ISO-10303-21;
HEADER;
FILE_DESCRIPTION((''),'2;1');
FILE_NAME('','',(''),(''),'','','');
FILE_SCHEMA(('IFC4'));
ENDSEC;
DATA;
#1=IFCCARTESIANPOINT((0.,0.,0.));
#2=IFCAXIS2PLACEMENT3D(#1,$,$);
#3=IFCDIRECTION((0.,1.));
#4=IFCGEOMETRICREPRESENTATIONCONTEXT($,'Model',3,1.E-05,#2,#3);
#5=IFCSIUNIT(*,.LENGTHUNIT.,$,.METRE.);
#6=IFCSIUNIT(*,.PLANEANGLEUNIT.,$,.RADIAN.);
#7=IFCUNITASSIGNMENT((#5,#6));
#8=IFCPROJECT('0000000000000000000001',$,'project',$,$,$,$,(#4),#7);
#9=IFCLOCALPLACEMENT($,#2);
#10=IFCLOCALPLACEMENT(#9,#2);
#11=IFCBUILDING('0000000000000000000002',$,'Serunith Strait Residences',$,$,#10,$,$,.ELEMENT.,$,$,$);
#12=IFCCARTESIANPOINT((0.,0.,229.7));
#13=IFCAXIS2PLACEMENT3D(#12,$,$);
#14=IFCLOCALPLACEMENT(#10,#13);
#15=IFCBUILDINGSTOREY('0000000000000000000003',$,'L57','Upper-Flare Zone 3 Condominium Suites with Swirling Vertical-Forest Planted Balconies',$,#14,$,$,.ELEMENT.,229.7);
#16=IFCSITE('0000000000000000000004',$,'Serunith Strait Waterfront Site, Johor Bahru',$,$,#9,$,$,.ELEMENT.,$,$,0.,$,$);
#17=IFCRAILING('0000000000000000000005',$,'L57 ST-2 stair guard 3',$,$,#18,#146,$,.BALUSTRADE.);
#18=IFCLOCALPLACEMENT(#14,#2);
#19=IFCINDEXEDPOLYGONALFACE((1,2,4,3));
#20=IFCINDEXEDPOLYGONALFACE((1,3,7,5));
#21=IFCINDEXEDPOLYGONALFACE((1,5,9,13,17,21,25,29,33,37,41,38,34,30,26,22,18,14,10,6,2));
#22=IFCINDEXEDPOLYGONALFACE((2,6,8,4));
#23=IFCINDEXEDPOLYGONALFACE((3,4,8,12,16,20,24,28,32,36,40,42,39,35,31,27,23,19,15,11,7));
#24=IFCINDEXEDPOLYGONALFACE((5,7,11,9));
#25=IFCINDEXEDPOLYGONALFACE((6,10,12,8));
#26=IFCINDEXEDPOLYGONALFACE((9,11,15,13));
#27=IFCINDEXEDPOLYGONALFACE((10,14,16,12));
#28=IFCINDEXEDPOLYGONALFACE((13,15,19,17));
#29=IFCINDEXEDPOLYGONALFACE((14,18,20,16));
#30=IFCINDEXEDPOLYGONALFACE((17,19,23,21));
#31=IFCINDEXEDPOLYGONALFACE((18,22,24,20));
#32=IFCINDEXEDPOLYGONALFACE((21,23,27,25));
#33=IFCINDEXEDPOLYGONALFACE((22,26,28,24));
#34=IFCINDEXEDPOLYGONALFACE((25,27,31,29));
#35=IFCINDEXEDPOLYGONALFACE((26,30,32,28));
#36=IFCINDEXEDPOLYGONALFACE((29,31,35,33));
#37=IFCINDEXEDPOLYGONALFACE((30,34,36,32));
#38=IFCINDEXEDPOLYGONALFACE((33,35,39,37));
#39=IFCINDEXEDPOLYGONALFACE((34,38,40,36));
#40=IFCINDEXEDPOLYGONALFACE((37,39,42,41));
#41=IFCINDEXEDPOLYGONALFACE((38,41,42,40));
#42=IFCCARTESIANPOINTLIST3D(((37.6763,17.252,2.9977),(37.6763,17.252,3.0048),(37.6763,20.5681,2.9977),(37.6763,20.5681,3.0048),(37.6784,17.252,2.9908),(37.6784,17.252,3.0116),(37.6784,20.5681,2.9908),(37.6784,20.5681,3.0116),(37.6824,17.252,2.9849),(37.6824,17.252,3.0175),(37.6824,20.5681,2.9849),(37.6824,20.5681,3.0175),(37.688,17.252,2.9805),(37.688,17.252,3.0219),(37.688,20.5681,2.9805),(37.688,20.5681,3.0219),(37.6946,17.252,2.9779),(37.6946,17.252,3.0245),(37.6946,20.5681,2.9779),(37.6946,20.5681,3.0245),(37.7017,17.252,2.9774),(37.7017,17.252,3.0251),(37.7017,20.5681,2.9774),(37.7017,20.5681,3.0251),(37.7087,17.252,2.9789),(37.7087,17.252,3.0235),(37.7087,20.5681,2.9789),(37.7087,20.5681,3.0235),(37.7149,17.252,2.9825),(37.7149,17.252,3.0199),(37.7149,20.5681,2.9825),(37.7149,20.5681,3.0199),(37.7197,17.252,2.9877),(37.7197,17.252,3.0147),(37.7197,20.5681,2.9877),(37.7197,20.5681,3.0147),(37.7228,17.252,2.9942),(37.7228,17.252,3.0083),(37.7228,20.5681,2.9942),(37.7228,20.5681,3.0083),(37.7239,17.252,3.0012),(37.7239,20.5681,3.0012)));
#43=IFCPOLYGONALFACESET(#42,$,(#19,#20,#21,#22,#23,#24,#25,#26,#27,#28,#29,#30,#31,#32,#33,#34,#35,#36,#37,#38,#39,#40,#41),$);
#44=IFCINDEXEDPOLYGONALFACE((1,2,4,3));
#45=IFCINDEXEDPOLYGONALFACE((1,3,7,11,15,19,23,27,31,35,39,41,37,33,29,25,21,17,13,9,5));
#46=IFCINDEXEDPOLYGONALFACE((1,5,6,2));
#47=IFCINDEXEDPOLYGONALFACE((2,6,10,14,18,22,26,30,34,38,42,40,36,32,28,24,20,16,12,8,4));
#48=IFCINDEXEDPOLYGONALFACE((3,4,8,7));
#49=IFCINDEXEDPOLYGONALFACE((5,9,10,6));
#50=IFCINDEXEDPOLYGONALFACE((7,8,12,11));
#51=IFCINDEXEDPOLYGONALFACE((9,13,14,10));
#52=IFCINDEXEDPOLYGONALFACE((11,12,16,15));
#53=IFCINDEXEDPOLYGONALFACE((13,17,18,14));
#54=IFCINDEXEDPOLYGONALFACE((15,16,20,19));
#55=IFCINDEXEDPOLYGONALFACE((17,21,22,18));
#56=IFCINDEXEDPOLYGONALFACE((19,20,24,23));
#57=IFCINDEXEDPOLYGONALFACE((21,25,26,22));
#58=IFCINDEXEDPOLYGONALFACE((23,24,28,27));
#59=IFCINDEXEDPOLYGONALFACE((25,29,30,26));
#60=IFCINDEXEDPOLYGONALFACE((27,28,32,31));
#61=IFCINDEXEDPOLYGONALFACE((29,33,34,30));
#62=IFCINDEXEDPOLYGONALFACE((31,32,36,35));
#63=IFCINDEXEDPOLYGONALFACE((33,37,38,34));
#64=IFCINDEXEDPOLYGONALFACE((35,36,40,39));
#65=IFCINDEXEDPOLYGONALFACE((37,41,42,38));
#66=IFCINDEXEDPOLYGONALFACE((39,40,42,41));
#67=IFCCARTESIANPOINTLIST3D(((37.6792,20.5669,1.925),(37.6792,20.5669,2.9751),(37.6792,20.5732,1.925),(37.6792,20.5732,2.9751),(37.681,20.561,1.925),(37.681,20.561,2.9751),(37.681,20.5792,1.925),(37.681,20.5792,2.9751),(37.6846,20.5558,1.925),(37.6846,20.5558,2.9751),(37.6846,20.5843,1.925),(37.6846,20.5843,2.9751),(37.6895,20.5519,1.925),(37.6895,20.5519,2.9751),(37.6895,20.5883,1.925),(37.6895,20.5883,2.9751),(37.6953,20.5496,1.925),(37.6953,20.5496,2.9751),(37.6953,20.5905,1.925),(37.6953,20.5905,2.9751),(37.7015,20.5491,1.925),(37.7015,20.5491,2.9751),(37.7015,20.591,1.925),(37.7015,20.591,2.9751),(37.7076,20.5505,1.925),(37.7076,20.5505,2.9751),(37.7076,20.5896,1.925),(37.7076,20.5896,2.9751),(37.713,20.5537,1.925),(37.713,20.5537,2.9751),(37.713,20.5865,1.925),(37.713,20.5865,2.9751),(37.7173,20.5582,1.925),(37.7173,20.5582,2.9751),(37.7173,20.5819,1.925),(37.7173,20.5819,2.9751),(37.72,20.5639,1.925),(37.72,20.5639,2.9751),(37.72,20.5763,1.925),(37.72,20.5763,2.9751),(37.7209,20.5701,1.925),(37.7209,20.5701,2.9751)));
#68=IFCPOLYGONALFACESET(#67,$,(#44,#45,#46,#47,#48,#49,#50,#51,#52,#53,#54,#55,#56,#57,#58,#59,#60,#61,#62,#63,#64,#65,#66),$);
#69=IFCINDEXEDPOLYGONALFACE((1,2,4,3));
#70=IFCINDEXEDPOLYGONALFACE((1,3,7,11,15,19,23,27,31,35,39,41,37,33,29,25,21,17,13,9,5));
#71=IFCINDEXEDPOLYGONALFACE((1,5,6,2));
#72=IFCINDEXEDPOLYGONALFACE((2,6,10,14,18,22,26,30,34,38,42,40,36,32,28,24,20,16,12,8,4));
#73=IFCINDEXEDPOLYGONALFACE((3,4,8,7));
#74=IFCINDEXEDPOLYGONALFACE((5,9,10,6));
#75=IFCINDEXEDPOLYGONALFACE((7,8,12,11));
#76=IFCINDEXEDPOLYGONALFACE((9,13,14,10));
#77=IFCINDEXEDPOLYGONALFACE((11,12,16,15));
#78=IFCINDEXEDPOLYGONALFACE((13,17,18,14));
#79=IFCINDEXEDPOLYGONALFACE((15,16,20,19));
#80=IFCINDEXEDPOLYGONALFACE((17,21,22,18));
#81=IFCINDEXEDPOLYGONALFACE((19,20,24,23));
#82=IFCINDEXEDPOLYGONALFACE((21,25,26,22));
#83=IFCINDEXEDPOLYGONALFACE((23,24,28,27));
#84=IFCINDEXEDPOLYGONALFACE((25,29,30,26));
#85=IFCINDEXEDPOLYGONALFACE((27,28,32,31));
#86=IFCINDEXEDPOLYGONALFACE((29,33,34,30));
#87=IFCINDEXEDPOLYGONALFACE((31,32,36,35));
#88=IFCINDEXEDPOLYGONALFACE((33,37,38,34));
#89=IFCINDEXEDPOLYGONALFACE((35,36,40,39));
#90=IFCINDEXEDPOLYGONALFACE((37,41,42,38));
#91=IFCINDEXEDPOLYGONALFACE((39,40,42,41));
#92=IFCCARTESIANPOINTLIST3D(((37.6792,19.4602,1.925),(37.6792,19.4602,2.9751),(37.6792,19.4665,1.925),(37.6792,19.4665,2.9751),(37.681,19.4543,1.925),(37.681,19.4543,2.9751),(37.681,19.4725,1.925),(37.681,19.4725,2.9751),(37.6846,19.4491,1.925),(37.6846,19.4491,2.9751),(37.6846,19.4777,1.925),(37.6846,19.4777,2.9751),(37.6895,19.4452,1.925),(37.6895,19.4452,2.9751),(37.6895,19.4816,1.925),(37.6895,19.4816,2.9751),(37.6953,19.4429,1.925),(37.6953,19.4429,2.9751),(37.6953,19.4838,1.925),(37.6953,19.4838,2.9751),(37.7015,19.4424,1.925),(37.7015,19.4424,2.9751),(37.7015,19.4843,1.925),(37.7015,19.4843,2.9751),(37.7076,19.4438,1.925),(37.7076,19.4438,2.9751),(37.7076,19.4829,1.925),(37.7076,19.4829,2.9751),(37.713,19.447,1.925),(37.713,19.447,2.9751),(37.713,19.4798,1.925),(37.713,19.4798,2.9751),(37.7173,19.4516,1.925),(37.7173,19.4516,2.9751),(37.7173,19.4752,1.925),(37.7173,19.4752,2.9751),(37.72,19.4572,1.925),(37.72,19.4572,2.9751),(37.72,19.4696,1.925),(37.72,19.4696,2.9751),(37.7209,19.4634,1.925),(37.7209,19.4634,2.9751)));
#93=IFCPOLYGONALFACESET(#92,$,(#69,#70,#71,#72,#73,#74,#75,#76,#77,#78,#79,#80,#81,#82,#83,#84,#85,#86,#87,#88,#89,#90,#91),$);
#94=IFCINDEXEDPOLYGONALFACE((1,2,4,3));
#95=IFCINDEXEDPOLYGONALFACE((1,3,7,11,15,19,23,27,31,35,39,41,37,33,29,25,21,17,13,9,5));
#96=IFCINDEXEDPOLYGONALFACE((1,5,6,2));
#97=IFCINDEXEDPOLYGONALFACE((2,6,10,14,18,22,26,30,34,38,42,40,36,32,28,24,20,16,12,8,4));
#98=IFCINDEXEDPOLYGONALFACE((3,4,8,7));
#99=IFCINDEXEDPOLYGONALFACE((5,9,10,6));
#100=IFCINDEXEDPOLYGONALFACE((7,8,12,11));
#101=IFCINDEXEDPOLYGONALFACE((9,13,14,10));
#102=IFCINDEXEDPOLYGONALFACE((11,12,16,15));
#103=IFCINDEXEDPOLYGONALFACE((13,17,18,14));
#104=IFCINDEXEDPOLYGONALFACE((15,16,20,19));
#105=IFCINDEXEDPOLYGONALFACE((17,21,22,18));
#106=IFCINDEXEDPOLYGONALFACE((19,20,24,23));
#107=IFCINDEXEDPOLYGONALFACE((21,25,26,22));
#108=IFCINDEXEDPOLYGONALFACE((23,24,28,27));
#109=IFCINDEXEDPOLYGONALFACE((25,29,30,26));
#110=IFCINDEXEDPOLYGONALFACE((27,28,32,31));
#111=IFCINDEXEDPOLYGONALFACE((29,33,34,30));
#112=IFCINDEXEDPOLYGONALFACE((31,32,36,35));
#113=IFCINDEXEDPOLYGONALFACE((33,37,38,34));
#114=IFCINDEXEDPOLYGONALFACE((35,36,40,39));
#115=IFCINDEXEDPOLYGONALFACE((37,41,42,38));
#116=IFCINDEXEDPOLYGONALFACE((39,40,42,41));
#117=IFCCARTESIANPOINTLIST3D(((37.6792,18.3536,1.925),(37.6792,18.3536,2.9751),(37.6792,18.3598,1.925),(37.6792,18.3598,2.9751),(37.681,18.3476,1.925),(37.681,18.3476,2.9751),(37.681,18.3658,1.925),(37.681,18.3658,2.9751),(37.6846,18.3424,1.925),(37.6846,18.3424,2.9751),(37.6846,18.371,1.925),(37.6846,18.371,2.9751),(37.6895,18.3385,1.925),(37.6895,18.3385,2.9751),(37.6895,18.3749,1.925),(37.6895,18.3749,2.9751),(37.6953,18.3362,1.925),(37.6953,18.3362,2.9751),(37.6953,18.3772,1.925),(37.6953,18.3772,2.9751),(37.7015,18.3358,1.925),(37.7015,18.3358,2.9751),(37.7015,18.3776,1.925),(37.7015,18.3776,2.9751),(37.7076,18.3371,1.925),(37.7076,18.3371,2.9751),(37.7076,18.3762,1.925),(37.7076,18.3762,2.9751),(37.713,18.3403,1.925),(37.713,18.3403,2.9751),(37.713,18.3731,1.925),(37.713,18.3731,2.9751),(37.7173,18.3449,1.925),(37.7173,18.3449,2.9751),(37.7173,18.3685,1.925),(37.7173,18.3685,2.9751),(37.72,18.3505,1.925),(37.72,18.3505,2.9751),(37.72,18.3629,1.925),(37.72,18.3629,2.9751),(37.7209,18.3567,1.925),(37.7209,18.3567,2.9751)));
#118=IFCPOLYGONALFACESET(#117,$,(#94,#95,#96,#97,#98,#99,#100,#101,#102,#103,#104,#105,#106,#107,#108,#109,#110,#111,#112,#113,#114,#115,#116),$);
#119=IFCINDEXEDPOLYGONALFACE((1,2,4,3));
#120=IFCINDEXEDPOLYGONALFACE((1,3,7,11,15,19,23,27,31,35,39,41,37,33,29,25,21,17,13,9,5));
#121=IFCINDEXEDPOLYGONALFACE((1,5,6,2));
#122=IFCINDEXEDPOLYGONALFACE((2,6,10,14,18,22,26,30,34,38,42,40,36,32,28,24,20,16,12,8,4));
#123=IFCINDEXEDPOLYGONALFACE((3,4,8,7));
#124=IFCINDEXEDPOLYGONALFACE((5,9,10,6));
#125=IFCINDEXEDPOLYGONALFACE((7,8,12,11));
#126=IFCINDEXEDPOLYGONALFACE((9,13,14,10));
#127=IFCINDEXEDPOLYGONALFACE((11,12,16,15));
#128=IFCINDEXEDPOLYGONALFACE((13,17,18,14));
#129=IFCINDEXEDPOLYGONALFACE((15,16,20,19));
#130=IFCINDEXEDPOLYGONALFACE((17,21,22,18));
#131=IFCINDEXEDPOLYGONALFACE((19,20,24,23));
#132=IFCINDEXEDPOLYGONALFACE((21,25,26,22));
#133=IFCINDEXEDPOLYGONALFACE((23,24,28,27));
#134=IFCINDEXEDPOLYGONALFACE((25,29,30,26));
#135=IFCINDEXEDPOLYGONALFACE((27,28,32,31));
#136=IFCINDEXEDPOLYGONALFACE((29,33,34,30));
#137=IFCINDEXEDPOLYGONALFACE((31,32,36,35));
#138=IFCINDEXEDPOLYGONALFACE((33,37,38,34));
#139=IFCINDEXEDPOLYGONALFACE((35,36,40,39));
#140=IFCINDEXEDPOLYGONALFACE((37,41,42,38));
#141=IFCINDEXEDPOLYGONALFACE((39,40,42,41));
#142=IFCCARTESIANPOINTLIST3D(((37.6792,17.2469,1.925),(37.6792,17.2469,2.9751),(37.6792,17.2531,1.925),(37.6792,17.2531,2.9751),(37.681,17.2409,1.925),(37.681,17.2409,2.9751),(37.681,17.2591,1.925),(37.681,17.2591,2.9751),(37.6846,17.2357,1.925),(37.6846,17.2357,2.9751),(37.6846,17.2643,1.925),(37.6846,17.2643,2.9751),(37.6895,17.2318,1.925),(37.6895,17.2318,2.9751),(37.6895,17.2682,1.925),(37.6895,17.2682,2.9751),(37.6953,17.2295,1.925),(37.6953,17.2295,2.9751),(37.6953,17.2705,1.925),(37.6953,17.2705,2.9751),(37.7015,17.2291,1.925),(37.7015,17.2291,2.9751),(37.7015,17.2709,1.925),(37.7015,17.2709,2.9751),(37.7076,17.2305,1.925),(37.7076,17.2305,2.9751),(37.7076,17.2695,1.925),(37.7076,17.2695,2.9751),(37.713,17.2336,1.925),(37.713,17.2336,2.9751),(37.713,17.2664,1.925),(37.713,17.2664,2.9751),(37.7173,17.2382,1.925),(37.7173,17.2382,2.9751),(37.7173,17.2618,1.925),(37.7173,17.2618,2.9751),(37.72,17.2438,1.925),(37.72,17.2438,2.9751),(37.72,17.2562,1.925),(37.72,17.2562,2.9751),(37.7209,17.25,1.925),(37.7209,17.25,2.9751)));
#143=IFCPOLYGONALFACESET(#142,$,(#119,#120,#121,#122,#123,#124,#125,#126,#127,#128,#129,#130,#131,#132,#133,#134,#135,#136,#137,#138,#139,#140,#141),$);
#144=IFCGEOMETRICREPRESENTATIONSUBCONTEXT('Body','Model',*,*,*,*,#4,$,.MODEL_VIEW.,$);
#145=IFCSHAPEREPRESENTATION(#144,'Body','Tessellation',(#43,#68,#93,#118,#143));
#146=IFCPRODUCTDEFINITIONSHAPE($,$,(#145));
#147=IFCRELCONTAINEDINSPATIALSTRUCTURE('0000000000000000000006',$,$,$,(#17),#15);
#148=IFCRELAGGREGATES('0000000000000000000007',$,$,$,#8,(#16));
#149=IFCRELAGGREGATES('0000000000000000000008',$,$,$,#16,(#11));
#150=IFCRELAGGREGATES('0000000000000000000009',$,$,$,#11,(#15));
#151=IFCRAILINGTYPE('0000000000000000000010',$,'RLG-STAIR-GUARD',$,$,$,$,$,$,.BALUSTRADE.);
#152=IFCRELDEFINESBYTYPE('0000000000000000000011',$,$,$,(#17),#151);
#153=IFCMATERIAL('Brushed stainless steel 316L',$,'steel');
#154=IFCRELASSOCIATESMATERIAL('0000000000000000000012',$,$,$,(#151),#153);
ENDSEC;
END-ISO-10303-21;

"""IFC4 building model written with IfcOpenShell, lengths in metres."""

from ifc_helpers import new_model, si_unit, direction, frame, origin, origin_2d, place, context, subcontext, project, spatial, circle, extrude, material, type_object, element, save


model = new_model("IFC4")

# Units and contexts
model_context = context("Model", 3, precision=1e-05, world=origin(), true_north=direction((0.0, 1.0)))
body_context = subcontext(model_context, "Body", "Model", "MODEL_VIEW")
ifc_project = project(units=[si_unit("LENGTHUNIT", "METRE"), si_unit("PLANEANGLEUNIT", "RADIAN")], contexts=[model_context])

# Site, building, storey
site_placement = place(None, origin())
site = spatial("IfcSite", under=ifc_project, at=site_placement, Name="Serunith Strait Waterfront Site, Johor Bahru", CompositionType="ELEMENT", RefElevation=0.0)
building_placement = place(site_placement, origin())
building = spatial("IfcBuilding", under=site, at=building_placement, Name="Serunith Strait Residences", CompositionType="ELEMENT")
storey_placement = place(building_placement, frame((0.0, 0.0, 229.7)))
storey = spatial("IfcBuildingStorey", under=building, at=storey_placement, Name="L57", Description="Upper-Flare Zone 3 Condominium Suites with Swirling Vertical-Forest Planted Balconies", CompositionType="ELEMENT", Elevation=229.7)

# Railing
ifc_material_1 = material(Name="Brushed stainless steel 316L", Category="steel")
railing_type_1 = type_object("IfcRailingType", Name="RLG-STAIR-GUARD", PredefinedType="BALUSTRADE", material=ifc_material_1)
for number, where, name in (
    (1, (37.7, 20.5701, 1.925), "L57 ST-2 stair guard 3"),
):
    element("IfcRailing", number, at=place(storey_placement, frame(where)), inside=storey, type_object=railing_type_1, Name=name, PredefinedType="BALUSTRADE", context=body_context, shape_type="SweptSolid", body=[
        extrude(circle(Radius=0.0239, at=origin_2d()), frame((0.0, -0.002, 1.0762), z_axis=(0.0, -1.0, 0.0), x_axis=(1.0, 0.0, 0.0)), (0.0, 0.0, 1.0), 3.3162),
        extrude(circle(Radius=0.021, at=origin_2d()), origin(), (0.0, 0.0, 1.0), 1.05),
        extrude(circle(Radius=0.021, at=origin_2d()), frame((0.0, -1.1067, 0.0)), (0.0, 0.0, 1.0), 1.05),
        extrude(circle(Radius=0.021, at=origin_2d()), frame((0.0, -2.2134, 0.0)), (0.0, 0.0, 1.0), 1.05),
        extrude(circle(Radius=0.021, at=origin_2d()), frame((0.0, -3.3201, 0.0)), (0.0, 0.0, 1.0), 1.05),
    ])

save(model, "model.ifc")
